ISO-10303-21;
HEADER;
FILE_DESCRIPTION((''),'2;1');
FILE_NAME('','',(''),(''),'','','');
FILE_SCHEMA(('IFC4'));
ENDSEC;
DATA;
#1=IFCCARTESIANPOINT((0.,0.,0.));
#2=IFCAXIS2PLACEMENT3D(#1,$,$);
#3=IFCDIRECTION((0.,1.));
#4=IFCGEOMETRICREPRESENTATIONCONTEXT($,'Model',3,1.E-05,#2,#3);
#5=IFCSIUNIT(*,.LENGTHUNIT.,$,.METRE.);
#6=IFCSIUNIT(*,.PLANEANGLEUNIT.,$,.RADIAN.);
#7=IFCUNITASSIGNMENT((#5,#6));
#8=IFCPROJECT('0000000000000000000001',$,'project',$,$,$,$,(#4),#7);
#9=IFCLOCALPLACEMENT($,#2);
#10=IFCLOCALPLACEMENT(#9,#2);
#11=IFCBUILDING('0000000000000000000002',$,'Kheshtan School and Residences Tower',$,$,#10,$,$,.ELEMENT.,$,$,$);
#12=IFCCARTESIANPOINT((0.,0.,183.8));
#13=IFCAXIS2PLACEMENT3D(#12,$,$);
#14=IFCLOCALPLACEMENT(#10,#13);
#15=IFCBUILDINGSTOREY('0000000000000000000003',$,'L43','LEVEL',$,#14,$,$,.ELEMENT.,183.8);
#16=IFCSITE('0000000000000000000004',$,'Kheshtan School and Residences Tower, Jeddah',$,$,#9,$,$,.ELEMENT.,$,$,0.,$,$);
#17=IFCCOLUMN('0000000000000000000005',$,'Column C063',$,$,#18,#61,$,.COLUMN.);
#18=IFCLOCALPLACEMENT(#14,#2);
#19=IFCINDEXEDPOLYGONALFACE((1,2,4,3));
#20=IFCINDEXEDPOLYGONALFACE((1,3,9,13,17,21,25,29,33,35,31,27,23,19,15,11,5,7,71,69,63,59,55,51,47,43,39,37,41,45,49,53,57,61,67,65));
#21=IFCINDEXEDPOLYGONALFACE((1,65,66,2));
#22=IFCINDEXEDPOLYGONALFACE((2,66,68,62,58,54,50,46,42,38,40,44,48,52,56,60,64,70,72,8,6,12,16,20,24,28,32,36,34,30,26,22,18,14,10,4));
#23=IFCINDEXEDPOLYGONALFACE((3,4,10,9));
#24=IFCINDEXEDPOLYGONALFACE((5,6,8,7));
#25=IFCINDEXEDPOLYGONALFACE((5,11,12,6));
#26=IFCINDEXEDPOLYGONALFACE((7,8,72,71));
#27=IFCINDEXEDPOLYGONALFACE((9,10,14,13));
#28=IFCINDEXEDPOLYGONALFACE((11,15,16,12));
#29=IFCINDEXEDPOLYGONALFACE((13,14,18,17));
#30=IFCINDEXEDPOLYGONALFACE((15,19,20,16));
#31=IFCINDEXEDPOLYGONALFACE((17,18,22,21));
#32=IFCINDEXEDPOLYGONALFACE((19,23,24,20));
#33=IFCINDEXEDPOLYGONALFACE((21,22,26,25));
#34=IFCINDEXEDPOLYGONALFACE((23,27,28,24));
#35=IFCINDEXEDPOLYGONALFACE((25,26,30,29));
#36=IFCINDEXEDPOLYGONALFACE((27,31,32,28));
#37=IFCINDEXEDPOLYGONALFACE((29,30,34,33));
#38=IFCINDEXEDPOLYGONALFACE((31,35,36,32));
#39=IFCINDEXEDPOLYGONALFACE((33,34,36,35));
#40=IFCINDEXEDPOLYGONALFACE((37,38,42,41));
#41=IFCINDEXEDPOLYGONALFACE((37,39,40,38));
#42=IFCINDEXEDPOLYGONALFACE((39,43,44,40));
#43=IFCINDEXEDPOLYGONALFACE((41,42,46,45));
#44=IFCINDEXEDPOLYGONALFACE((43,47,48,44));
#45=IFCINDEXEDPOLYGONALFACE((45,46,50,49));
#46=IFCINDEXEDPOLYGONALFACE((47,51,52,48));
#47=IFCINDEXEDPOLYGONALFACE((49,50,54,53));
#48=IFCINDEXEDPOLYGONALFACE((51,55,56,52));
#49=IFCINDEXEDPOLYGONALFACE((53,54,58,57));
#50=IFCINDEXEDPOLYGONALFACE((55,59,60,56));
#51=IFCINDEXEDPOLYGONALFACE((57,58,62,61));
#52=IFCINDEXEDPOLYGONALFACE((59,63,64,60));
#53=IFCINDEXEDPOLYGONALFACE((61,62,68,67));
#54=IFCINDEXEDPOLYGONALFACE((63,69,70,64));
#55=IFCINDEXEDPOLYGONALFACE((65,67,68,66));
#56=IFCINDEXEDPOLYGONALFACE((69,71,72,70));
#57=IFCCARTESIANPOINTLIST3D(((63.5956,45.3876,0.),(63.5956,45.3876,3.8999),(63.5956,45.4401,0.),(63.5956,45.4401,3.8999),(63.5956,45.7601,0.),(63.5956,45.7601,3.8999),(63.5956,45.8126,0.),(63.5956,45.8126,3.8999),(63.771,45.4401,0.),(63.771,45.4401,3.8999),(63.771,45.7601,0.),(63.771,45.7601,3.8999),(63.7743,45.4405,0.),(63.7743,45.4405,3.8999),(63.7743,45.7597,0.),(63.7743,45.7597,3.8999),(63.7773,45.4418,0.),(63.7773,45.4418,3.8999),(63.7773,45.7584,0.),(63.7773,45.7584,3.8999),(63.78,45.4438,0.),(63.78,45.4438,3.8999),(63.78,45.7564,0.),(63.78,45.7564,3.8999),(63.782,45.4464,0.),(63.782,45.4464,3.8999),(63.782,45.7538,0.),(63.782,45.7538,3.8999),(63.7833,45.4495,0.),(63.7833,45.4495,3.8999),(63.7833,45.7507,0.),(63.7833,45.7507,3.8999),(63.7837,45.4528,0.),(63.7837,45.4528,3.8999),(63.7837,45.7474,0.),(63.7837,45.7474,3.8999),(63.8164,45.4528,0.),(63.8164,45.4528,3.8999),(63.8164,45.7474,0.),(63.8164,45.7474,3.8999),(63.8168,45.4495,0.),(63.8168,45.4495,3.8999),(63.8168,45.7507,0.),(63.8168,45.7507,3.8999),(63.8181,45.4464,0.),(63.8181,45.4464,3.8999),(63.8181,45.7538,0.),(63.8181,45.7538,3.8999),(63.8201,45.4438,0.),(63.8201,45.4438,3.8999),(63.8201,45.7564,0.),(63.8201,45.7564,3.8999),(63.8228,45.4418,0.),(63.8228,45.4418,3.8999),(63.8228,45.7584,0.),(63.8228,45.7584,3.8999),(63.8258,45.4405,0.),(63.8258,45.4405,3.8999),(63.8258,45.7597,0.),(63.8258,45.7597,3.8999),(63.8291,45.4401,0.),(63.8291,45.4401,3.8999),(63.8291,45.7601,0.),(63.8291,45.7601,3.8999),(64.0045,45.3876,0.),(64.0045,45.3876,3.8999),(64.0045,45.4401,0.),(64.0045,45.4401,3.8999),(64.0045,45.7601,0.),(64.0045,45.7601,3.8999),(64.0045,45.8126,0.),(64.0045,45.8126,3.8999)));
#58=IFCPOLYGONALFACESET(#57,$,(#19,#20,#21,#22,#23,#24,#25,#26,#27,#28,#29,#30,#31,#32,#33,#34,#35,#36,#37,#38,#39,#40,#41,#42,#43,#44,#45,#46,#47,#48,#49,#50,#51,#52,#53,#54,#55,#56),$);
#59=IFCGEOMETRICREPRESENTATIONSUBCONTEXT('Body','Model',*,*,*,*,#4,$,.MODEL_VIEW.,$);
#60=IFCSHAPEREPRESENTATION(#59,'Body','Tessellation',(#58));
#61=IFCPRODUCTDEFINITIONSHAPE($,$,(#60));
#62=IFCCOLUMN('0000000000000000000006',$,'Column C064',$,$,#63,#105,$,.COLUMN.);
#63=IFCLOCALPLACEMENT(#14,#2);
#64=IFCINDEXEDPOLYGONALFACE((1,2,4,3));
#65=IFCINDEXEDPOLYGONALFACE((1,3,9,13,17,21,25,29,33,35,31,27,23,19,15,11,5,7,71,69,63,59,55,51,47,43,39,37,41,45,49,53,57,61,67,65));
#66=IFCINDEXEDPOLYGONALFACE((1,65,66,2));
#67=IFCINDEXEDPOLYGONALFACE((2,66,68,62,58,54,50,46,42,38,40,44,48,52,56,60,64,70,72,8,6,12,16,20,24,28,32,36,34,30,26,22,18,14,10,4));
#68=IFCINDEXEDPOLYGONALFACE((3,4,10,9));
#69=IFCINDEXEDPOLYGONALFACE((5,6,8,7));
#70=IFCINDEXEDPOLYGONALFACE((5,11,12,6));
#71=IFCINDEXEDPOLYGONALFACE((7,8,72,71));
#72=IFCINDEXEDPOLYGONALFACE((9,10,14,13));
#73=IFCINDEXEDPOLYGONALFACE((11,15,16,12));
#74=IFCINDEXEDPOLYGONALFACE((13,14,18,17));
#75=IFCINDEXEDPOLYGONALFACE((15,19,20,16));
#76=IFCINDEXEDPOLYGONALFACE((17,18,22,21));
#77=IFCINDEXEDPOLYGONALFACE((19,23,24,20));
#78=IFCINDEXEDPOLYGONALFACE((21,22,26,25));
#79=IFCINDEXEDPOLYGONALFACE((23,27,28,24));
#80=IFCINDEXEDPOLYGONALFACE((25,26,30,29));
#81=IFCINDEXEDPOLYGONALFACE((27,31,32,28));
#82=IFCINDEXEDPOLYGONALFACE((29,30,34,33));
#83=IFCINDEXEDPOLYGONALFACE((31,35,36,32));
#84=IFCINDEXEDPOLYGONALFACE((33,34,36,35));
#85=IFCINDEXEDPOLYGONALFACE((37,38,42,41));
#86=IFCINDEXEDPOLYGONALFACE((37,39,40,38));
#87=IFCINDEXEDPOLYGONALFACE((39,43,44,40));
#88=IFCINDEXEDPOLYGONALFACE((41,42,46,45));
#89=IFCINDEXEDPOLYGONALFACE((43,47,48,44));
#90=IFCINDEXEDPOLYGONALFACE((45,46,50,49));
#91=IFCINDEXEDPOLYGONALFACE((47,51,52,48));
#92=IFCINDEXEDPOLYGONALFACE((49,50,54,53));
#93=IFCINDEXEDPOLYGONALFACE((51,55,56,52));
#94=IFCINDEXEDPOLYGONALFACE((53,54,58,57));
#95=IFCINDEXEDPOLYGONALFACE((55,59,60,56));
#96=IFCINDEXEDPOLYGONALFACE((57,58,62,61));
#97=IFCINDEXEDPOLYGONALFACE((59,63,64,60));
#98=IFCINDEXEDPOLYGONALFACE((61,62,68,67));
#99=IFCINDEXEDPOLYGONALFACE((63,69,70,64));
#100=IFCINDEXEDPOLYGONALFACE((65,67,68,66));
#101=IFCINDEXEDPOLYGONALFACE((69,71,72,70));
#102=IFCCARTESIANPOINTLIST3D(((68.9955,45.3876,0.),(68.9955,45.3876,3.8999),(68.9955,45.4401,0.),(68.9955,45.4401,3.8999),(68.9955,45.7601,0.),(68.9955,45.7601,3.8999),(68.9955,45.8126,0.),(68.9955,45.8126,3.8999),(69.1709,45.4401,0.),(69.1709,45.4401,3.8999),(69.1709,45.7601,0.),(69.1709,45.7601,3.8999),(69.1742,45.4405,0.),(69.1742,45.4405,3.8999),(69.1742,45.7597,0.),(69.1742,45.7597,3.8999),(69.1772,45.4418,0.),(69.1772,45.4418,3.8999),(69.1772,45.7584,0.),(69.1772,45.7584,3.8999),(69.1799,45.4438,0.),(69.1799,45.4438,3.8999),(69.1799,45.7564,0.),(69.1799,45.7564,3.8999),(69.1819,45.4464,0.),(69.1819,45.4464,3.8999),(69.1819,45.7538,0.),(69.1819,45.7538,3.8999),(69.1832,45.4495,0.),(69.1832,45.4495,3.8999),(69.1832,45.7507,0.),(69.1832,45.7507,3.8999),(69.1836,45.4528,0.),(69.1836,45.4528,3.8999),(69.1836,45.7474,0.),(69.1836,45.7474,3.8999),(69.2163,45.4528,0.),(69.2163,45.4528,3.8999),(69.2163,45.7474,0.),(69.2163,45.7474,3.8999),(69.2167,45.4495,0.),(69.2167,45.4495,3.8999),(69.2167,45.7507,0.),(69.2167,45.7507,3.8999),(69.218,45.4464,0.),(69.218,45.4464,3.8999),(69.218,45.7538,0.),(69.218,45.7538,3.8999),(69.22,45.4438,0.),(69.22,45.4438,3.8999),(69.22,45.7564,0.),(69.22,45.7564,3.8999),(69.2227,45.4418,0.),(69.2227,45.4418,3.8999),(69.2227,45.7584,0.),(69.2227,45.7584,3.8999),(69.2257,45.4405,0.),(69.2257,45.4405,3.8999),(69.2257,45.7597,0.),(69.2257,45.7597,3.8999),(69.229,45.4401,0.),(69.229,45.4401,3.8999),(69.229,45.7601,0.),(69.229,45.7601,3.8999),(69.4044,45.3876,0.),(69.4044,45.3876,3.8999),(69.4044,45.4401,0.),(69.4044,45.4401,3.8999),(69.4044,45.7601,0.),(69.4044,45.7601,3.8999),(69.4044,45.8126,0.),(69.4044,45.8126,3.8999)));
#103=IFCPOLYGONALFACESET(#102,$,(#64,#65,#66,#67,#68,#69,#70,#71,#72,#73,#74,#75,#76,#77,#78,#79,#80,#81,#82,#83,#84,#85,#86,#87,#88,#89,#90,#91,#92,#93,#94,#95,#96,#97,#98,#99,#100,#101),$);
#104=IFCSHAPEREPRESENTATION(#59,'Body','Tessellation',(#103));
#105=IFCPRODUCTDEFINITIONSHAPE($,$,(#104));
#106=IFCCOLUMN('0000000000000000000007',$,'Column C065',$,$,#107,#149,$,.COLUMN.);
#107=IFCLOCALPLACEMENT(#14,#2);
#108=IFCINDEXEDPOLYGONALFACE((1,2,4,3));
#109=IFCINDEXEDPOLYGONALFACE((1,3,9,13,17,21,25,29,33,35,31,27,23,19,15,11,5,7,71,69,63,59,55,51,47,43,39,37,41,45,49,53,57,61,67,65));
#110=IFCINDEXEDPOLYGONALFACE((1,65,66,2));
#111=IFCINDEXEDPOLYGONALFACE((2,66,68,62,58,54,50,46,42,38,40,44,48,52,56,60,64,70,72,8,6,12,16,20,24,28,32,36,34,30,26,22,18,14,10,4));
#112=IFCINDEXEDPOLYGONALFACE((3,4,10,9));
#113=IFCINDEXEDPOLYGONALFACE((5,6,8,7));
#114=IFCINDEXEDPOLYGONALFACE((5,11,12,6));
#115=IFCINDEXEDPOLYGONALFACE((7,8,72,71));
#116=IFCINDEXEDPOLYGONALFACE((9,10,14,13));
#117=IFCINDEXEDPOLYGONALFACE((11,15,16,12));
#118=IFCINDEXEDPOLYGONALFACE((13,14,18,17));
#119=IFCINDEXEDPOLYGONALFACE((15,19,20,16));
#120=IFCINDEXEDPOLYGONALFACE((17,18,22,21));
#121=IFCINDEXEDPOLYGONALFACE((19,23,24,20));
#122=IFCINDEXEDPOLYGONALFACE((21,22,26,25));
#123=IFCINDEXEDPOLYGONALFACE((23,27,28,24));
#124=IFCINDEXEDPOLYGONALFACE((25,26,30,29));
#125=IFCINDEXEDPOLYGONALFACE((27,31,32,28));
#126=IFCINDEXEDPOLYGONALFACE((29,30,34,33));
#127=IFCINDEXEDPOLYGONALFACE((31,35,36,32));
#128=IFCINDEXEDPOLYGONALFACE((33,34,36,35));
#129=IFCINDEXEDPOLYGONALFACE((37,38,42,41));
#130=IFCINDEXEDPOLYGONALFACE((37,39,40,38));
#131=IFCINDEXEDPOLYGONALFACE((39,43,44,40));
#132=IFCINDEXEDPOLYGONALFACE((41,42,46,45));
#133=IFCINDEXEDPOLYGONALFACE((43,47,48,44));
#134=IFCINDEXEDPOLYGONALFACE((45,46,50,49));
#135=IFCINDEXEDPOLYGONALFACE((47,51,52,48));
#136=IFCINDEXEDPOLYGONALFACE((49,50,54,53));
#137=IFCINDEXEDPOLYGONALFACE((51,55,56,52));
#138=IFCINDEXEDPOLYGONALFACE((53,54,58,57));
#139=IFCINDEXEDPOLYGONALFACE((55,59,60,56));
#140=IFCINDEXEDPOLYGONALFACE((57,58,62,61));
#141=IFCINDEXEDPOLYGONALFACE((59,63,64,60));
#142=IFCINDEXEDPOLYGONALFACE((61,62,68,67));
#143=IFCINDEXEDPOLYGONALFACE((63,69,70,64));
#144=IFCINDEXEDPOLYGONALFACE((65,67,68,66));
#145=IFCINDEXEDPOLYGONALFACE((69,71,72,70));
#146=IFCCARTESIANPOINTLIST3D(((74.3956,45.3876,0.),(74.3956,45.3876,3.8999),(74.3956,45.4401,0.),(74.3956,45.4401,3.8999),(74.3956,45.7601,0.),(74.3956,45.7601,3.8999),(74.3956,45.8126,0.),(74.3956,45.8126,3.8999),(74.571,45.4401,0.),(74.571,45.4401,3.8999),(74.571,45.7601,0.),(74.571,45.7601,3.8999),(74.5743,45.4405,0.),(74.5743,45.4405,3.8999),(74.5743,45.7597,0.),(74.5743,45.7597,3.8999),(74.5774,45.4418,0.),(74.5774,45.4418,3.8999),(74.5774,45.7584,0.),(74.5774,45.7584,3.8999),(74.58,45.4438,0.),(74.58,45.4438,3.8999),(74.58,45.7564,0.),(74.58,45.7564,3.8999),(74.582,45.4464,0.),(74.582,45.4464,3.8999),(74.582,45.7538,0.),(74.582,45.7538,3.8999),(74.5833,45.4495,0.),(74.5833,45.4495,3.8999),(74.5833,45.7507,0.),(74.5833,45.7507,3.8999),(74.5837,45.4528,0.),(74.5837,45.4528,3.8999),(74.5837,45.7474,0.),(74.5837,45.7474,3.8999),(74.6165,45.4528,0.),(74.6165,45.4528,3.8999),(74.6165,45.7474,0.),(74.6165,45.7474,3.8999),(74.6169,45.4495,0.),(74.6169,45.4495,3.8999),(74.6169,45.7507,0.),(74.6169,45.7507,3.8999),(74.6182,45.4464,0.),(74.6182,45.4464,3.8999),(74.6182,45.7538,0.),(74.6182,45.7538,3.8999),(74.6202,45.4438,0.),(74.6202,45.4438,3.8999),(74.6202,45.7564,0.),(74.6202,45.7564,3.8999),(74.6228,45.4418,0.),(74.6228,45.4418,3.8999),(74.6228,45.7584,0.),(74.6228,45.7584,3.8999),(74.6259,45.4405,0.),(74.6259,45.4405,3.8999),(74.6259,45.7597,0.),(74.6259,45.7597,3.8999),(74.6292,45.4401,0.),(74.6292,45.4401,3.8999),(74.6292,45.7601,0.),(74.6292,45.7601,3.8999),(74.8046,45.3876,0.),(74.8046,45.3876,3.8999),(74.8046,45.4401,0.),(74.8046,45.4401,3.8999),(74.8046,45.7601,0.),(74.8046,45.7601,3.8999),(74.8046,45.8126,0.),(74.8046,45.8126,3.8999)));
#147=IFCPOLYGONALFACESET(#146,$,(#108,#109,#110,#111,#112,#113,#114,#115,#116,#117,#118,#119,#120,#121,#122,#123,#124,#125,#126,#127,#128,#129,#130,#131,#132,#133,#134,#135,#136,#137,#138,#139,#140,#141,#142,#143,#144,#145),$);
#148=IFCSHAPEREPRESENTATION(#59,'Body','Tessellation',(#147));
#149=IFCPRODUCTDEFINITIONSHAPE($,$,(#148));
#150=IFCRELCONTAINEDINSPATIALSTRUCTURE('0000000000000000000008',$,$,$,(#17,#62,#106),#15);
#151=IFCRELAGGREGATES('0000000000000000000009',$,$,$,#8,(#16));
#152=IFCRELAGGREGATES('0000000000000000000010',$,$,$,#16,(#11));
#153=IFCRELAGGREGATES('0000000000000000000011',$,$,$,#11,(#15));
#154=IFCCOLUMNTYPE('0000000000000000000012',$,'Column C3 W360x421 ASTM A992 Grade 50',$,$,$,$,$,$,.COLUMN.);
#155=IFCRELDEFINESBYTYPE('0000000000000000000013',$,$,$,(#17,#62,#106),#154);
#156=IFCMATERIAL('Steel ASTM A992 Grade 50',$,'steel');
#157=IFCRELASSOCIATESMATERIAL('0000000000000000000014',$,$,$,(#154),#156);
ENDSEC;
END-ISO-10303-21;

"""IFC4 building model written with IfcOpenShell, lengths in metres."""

from ifc_helpers import new_model, si_unit, direction, frame, origin, origin_2d, place, context, subcontext, project, spatial, i_section, extrude, material, material_profile, profile_set, type_object, element, save


model = new_model("IFC4")

# Units and contexts
model_context = context("Model", 3, precision=1e-05, world=origin(), true_north=direction((0.0, 1.0)))
body_context = subcontext(model_context, "Body", "Model", "MODEL_VIEW")
ifc_project = project(units=[si_unit("LENGTHUNIT", "METRE"), si_unit("PLANEANGLEUNIT", "RADIAN")], contexts=[model_context])

# Site, building, storey
site_placement = place(None, origin())
site = spatial("IfcSite", under=ifc_project, at=site_placement, Name="Kheshtan School and Residences Tower, Jeddah", CompositionType="ELEMENT", RefElevation=0.0)
building_placement = place(site_placement, origin())
building = spatial("IfcBuilding", under=site, at=building_placement, Name="Kheshtan School and Residences Tower", CompositionType="ELEMENT")
storey_placement = place(building_placement, frame((0.0, 0.0, 183.8)))
storey = spatial("IfcBuildingStorey", under=building, at=storey_placement, Name="L43", Description="LEVEL", CompositionType="ELEMENT", Elevation=183.8)

# Columns
ifc_material_1 = material(Name="Steel ASTM A992 Grade 50", Category="steel")
ifc_material_profile_1 = material_profile(ifc_material_1, i_section(OverallWidth=0.4089, OverallDepth=0.425, WebThickness=0.0327, FlangeThickness=0.0525, FilletRadius=0.0127, at=origin_2d()), Name="W360x421")
ifc_profile_set_1 = profile_set([ifc_material_profile_1], Name="Steel ASTM A992 Grade 50")
column_type_1 = type_object("IfcColumnType", Name="Column C3 W360x421 ASTM A992 Grade 50", PredefinedType="COLUMN", material=ifc_profile_set_1)
for number, where, z_axis, x_axis, name in (
    (1, (63.8, 45.6001, 0.0), (0.0, 0.0, 1.0), (1.0, 0.0, 0.0), "Column C063"),
    (2, (69.2, 45.6001, 0.0), (0.0, 0.0, 1.0), (1.0, 0.0, 0.0), "Column C064"),
    (3, (74.6001, 45.6001, 0.0), (0.0, 0.0, 1.0), (1.0, 0.0, 0.0), "Column C065"),
):
    element("IfcColumn", number, at=place(storey_placement, frame(where, z_axis=z_axis, x_axis=x_axis)), inside=storey, type_object=column_type_1, Name=name, PredefinedType="COLUMN", context=body_context, shape_type="SweptSolid", body=[
        extrude(i_section(OverallWidth=0.4089, OverallDepth=0.425, WebThickness=0.0327, FlangeThickness=0.0525, FilletRadius=0.0127, at=origin_2d()), origin(), (0.0, 0.0, 1.0), 3.8999),
    ])

save(model, "model.ifc")
